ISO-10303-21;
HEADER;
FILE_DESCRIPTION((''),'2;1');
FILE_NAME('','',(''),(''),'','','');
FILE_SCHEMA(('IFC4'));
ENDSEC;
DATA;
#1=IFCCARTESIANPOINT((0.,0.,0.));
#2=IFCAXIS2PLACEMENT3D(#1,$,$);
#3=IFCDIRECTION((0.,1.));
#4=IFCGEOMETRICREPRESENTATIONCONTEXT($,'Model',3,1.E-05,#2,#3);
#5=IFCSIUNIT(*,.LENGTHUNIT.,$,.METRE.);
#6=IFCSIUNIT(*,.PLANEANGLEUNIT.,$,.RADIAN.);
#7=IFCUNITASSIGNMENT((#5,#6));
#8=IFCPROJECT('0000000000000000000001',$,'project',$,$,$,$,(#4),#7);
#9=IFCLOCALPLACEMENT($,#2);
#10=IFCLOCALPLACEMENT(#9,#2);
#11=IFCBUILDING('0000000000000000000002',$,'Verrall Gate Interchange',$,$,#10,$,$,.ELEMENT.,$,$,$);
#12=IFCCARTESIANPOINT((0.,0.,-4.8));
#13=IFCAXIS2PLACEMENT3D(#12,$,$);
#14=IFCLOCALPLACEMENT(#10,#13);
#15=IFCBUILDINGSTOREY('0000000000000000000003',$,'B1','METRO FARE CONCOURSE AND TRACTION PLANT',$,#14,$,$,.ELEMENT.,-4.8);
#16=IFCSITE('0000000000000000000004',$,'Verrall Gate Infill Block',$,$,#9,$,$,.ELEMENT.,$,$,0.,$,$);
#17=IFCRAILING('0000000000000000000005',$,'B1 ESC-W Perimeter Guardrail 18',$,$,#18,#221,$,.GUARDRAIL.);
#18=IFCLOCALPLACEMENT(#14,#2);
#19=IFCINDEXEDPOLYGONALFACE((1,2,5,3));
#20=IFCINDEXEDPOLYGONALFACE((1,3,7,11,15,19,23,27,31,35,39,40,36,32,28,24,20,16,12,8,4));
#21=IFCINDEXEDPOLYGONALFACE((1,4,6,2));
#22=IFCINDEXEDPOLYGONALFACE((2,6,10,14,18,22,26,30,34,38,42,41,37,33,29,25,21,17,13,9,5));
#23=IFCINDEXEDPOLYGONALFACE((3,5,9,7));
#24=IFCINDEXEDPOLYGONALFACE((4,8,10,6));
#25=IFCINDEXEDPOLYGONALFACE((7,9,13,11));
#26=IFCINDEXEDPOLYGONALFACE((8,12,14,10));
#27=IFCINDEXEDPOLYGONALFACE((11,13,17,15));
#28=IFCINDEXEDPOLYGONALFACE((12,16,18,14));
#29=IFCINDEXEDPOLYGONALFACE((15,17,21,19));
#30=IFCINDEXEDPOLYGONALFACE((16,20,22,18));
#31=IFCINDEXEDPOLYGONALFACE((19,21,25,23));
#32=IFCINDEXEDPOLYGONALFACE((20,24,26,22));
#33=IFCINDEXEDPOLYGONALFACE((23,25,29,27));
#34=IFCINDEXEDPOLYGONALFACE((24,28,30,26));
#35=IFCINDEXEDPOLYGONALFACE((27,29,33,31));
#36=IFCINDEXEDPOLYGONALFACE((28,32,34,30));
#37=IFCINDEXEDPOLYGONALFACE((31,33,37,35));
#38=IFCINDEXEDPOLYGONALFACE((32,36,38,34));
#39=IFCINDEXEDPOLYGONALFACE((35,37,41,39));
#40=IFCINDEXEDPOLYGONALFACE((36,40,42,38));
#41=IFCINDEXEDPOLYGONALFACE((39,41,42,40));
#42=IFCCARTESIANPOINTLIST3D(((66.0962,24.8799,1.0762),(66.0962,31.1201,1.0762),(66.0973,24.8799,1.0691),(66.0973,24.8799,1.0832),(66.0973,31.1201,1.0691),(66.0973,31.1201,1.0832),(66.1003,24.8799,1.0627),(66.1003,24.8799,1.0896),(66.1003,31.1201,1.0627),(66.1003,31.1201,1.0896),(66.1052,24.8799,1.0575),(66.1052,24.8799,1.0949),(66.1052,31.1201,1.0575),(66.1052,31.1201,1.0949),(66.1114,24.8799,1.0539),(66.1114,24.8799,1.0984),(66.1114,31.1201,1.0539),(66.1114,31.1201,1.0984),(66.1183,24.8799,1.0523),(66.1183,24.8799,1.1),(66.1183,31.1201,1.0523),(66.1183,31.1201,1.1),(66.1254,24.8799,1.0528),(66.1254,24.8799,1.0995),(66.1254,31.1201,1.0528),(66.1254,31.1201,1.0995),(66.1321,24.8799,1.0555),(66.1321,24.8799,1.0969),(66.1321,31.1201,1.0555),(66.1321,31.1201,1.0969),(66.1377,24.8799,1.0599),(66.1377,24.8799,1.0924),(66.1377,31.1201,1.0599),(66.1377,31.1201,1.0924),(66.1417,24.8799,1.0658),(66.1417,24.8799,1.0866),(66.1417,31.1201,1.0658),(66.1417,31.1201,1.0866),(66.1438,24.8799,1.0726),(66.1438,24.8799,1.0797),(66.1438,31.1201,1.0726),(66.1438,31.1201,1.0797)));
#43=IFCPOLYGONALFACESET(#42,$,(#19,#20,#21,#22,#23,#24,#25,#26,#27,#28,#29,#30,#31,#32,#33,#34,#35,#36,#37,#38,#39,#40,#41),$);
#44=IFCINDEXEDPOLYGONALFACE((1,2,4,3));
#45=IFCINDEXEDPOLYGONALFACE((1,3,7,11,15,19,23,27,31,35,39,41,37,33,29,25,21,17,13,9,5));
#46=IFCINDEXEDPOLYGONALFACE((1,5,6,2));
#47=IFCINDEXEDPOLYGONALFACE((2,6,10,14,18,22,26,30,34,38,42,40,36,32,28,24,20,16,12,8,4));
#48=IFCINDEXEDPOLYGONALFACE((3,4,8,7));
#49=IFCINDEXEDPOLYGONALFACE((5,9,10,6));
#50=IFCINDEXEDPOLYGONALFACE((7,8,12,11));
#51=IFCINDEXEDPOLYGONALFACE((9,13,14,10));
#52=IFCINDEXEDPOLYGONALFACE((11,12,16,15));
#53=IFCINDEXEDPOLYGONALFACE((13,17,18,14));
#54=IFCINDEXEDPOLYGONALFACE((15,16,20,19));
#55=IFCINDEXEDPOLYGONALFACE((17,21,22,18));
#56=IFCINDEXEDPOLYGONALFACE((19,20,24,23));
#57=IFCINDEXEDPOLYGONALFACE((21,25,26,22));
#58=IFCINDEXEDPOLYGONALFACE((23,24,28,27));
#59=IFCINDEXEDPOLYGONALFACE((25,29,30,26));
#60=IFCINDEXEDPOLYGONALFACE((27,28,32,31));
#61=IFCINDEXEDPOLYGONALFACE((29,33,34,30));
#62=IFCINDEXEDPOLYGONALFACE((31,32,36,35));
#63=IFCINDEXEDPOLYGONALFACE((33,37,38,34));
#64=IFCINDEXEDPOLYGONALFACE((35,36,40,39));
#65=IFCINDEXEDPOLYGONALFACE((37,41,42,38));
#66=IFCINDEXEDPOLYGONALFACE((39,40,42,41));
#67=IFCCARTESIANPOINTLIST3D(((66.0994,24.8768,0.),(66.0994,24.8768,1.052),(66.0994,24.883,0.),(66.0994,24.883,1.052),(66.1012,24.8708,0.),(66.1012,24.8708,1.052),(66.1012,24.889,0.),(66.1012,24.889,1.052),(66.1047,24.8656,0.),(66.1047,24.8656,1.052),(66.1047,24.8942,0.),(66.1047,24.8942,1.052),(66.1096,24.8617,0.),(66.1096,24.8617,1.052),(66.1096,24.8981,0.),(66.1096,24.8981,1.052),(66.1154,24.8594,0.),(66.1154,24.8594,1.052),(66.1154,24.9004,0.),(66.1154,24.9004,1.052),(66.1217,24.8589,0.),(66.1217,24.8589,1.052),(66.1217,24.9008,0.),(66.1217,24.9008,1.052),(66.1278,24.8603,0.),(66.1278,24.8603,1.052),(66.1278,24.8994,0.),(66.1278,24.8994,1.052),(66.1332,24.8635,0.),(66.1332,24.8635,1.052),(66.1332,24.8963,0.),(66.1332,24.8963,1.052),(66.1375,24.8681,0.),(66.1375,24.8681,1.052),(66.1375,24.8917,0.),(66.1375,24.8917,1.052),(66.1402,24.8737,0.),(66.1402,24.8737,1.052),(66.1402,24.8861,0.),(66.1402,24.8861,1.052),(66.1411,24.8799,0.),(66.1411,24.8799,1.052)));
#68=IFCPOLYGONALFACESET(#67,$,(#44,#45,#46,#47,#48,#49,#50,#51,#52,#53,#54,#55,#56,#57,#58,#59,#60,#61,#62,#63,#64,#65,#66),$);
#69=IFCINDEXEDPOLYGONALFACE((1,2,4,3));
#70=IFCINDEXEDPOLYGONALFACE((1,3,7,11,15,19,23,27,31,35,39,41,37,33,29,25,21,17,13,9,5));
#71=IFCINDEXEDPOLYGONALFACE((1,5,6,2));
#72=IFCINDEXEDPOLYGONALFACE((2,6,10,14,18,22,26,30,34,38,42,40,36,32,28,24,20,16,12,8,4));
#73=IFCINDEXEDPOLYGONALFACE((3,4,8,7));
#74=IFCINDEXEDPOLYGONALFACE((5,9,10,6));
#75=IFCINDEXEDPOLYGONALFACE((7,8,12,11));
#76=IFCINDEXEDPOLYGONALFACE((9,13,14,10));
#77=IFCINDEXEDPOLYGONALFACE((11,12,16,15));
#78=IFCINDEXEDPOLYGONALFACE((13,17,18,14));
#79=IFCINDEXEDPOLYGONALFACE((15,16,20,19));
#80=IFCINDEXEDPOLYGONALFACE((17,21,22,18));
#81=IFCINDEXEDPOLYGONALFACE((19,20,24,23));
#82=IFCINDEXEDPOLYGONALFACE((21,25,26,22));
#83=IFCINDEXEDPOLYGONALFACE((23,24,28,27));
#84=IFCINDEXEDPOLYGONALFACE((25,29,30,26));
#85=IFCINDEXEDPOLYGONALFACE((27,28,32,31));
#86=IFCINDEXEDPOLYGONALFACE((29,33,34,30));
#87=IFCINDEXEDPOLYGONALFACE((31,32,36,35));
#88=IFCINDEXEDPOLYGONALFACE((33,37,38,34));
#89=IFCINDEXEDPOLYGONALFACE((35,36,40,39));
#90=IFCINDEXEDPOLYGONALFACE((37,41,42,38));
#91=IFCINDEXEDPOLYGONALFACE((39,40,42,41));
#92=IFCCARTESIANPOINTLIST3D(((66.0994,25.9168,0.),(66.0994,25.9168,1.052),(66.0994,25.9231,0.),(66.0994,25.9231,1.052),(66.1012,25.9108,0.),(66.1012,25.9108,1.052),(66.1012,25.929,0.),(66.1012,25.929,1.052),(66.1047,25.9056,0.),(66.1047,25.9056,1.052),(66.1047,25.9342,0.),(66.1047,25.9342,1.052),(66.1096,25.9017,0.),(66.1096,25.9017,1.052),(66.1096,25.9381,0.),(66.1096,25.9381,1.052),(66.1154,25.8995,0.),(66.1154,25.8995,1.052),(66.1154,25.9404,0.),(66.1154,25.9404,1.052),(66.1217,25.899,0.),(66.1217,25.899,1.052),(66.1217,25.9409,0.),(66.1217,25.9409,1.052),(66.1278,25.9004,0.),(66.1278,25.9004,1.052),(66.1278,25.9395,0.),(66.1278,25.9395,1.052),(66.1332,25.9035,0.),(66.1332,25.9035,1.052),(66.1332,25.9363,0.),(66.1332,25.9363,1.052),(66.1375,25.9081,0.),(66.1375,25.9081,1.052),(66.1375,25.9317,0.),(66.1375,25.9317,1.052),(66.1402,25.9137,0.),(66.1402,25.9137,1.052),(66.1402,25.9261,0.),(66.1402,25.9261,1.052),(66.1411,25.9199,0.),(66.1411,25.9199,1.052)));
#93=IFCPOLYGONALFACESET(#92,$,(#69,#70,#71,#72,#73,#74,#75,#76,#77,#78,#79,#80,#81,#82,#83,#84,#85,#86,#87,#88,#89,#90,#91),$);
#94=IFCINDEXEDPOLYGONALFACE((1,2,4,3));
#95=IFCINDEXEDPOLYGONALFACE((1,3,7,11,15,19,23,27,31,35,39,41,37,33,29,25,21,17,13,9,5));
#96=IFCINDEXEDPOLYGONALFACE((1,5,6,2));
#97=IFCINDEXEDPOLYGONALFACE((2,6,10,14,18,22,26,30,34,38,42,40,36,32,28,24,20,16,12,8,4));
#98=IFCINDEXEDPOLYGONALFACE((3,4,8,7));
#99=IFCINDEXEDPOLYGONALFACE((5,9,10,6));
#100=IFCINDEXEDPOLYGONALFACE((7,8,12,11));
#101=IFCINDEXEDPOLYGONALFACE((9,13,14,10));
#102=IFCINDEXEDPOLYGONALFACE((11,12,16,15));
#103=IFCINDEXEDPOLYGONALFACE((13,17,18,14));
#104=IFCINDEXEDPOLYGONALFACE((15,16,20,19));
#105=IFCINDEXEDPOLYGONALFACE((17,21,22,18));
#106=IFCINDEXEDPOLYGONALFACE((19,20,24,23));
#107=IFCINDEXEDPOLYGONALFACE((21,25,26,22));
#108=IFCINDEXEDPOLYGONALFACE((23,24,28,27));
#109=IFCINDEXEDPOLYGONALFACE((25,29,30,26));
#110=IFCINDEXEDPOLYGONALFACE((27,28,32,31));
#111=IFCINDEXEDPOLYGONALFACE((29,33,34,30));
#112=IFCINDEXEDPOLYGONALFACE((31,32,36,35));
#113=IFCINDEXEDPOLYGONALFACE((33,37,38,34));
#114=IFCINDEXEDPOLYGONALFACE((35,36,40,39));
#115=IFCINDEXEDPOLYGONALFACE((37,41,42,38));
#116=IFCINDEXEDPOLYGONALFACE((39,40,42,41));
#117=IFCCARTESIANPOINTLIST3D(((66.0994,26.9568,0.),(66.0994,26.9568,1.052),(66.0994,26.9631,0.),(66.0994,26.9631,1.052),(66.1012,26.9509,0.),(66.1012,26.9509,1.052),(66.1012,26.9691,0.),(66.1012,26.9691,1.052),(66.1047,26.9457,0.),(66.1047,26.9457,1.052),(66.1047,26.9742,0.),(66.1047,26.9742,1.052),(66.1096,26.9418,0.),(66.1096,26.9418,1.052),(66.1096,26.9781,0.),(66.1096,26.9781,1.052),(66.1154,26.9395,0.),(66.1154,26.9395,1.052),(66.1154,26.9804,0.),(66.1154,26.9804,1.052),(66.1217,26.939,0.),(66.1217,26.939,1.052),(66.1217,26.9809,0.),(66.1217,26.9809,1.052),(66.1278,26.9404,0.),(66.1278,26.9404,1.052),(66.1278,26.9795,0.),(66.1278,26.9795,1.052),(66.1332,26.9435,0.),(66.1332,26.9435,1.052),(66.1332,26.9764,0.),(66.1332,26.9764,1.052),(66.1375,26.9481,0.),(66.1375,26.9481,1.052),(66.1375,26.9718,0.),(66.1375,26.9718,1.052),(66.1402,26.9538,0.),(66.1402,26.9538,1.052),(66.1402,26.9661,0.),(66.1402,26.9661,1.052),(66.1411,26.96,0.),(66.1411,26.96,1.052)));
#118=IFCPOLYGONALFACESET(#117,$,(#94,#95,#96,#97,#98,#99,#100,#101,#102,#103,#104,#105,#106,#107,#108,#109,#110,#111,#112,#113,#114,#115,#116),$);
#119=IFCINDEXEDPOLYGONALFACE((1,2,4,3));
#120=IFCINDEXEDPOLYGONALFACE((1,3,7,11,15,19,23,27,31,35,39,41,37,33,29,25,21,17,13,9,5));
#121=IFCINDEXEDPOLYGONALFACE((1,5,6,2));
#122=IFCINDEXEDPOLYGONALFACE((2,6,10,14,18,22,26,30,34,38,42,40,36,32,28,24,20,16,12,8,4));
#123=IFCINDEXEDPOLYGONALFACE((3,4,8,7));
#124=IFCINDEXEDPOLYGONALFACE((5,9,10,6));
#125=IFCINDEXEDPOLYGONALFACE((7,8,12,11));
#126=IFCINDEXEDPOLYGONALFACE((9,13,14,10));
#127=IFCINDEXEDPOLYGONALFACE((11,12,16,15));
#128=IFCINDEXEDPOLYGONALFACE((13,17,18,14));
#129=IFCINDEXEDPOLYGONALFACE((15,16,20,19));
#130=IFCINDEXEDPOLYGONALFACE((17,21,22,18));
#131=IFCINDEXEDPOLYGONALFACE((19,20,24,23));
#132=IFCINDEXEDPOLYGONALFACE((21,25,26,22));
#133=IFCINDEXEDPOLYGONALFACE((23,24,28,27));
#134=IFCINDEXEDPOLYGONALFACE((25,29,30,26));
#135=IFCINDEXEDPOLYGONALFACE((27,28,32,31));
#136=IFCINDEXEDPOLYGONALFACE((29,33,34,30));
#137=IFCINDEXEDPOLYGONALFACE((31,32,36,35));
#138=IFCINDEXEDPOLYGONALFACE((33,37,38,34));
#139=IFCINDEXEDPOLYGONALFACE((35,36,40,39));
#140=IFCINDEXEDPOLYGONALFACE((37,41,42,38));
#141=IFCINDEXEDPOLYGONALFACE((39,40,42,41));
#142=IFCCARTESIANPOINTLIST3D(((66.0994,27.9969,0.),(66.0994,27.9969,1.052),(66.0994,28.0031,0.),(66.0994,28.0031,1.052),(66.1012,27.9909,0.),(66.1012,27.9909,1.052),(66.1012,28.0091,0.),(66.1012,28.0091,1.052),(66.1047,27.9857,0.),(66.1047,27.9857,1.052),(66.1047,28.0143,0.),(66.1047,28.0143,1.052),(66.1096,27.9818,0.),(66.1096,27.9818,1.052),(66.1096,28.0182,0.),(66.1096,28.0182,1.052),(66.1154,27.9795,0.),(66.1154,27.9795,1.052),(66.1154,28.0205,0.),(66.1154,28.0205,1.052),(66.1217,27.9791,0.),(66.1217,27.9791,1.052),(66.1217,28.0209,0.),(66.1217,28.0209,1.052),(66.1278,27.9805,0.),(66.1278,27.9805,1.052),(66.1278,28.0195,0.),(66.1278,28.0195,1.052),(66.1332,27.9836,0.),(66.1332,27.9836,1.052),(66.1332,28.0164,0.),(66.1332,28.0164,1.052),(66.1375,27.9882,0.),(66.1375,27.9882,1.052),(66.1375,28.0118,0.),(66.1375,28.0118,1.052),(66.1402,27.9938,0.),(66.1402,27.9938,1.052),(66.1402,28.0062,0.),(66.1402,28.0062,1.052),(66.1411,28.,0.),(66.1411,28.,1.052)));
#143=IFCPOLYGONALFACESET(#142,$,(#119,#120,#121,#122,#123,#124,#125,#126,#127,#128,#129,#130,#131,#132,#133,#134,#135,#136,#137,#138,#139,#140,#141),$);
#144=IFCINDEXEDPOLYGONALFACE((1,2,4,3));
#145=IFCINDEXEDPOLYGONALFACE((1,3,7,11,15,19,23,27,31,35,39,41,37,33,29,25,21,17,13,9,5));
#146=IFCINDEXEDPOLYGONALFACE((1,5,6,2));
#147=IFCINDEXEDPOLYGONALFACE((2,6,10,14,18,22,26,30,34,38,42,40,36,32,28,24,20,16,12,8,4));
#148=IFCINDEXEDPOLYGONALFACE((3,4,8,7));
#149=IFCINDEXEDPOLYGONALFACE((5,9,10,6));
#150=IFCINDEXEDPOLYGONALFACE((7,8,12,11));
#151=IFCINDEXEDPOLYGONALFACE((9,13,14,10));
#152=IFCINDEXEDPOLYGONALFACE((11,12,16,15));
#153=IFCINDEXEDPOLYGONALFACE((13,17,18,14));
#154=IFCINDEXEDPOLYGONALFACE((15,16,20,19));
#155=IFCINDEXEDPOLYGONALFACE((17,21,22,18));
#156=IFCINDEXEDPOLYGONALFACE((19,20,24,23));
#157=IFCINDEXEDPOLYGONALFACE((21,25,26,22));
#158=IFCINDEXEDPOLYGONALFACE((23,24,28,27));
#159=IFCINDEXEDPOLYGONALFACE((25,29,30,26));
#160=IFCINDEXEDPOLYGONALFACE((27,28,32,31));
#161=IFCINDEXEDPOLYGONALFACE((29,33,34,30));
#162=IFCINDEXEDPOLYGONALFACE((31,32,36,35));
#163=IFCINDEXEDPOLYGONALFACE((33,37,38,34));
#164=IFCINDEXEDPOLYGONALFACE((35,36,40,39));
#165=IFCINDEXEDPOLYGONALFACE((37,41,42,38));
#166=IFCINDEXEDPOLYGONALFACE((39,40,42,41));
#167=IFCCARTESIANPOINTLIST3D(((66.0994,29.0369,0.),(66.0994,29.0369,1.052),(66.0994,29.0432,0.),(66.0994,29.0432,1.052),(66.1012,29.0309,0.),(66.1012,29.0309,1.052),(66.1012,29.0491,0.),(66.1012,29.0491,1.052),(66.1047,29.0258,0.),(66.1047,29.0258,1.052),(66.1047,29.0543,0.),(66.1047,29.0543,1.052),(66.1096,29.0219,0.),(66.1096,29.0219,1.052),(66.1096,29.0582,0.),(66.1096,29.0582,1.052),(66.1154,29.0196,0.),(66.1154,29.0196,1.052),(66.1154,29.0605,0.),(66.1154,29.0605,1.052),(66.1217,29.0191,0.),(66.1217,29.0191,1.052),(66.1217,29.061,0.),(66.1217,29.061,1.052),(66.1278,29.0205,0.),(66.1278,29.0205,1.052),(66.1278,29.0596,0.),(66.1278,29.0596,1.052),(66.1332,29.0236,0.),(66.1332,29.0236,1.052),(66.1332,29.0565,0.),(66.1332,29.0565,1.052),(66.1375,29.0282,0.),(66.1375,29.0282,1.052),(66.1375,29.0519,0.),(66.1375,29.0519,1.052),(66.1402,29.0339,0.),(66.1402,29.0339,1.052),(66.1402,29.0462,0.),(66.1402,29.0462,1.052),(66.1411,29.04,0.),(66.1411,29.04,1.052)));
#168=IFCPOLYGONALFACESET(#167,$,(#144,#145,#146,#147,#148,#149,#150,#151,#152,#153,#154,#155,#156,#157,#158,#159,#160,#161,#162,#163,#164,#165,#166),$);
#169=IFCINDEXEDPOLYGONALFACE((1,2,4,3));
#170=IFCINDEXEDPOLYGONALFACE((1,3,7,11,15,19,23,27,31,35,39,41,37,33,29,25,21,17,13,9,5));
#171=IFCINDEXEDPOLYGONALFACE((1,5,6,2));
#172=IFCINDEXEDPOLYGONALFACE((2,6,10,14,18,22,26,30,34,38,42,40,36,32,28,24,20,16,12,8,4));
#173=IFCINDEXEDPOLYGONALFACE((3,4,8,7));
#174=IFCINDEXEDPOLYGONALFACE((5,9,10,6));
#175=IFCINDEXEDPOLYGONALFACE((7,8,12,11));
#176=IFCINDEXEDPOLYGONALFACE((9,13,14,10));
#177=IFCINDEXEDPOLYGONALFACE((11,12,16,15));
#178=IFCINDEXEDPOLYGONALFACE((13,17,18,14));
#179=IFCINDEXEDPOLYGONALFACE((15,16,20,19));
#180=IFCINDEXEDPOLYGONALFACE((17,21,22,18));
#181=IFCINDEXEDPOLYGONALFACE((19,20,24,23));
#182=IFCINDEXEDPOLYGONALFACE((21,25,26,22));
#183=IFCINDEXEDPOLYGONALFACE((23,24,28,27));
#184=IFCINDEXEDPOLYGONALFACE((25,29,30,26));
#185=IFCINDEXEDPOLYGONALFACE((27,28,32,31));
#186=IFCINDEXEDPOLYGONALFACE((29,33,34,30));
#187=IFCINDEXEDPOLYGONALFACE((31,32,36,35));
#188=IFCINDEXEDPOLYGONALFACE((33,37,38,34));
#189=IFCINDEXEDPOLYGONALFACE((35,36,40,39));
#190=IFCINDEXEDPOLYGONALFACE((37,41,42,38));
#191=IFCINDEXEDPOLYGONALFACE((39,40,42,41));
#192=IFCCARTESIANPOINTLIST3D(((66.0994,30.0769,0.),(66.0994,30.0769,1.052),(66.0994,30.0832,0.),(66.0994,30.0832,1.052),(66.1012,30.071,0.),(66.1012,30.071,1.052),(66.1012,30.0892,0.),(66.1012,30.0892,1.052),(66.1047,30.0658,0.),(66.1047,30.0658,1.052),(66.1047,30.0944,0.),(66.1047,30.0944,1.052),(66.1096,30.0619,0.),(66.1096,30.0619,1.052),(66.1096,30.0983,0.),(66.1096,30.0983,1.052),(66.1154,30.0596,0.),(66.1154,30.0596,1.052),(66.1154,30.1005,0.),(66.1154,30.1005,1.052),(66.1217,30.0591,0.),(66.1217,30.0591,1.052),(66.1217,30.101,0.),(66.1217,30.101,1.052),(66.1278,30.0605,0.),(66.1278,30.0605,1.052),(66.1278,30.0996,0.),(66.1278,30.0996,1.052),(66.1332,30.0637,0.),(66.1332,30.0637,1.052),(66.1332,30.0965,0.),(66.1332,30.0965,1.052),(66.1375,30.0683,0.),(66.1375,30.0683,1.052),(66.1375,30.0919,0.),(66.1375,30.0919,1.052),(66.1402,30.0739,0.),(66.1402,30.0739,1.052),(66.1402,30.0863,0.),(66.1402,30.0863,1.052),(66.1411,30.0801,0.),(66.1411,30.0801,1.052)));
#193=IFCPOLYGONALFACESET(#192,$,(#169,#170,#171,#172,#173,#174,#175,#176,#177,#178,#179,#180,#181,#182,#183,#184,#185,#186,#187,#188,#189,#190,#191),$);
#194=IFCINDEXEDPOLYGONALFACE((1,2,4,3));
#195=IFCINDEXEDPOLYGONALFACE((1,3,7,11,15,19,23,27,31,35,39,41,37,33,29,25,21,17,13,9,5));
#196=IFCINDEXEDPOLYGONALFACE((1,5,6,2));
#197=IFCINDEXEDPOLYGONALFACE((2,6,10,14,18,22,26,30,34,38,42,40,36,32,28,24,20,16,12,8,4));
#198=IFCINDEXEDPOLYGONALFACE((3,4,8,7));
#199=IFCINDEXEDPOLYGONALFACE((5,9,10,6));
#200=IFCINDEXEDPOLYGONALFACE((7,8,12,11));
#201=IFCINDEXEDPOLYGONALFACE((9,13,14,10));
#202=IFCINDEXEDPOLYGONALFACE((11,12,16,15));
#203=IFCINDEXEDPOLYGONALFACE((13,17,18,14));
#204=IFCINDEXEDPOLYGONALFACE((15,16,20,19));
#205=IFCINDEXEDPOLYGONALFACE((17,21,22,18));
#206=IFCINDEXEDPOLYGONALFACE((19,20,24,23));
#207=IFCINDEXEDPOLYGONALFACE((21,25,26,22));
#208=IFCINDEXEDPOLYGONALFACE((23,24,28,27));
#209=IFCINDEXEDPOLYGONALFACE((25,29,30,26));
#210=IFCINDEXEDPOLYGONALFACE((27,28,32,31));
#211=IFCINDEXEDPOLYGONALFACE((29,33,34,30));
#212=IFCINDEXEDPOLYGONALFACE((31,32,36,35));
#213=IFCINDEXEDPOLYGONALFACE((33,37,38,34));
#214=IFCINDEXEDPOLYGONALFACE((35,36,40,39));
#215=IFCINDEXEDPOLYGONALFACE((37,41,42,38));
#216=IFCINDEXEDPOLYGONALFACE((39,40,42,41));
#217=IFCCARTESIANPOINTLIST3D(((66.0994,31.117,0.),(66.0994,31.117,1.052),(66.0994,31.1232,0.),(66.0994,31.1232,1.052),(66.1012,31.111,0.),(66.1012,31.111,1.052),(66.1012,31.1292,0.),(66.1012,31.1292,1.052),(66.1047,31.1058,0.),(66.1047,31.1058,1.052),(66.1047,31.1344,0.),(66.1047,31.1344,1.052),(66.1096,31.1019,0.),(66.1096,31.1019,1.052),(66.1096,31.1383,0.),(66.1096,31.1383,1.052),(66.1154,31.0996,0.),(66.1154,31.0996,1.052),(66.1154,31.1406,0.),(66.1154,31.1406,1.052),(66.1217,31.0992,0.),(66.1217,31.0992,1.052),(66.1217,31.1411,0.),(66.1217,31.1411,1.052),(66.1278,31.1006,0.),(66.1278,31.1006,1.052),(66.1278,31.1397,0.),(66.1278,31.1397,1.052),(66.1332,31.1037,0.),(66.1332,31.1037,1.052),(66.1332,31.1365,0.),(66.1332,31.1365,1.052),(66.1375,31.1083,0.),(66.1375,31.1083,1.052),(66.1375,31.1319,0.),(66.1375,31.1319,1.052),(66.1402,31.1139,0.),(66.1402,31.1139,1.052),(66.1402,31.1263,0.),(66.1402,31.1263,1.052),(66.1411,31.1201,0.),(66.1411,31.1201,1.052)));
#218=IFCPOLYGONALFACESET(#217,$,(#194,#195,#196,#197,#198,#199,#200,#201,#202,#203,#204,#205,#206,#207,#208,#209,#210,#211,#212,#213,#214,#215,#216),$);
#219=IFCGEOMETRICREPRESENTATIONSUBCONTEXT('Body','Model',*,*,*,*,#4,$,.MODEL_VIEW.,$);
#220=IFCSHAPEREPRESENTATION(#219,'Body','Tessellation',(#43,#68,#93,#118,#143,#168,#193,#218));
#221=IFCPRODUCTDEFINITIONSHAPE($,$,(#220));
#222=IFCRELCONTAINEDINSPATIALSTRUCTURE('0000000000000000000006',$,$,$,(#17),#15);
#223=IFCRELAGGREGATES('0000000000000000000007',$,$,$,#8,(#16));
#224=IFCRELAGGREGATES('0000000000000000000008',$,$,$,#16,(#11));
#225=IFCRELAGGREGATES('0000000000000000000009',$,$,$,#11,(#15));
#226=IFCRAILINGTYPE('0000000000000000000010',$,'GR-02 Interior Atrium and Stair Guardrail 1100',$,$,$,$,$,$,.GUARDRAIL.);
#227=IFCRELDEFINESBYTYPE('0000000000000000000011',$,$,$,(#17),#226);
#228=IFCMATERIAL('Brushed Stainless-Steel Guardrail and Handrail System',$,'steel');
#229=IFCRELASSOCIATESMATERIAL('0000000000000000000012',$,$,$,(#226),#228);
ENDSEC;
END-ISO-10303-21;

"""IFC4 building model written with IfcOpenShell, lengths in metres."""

from ifc_helpers import new_model, si_unit, direction, frame, origin, origin_2d, place, context, subcontext, project, spatial, circle, extrude, material, type_object, element, save


model = new_model("IFC4")

# Units and contexts
model_context = context("Model", 3, precision=1e-05, world=origin(), true_north=direction((0.0, 1.0)))
body_context = subcontext(model_context, "Body", "Model", "MODEL_VIEW")
ifc_project = project(units=[si_unit("LENGTHUNIT", "METRE"), si_unit("PLANEANGLEUNIT", "RADIAN")], contexts=[model_context])

# Site, building, storey
site_placement = place(None, origin())
site = spatial("IfcSite", under=ifc_project, at=site_placement, Name="Verrall Gate Infill Block", CompositionType="ELEMENT", RefElevation=0.0)
building_placement = place(site_placement, origin())
building = spatial("IfcBuilding", under=site, at=building_placement, Name="Verrall Gate Interchange", CompositionType="ELEMENT")
storey_placement = place(building_placement, frame((0.0, 0.0, -4.8)))
storey = spatial("IfcBuildingStorey", under=building, at=storey_placement, Name="B1", Description="METRO FARE CONCOURSE AND TRACTION PLANT", CompositionType="ELEMENT", Elevation=-4.8)

# Railing
ifc_material_1 = material(Name="Brushed Stainless-Steel Guardrail and Handrail System", Category="steel")
railing_type = type_object("IfcRailingType", Name="GR-02 Interior Atrium and Stair Guardrail 1100", PredefinedType="GUARDRAIL", material=ifc_material_1)
railing_1_placement = place(storey_placement, frame((66.1201, 24.8799, 0.0)))
element("IfcRailing", 1, at=railing_1_placement, inside=storey, type_object=railing_type, Name="B1 ESC-W Perimeter Guardrail 18", PredefinedType="GUARDRAIL", context=body_context, shape_type="SweptSolid", body=[
    extrude(circle(Radius=0.0239, at=origin_2d()), frame((0.0, 0.0, 1.0762), z_axis=(0.0, 1.0, 0.0), x_axis=(-1.0, 0.0, 0.0)), (0.0, 0.0, 1.0), 6.2402),
    extrude(circle(Radius=0.021, at=origin_2d()), origin(), (0.0, 0.0, 1.0), 1.052),
    extrude(circle(Radius=0.021, at=origin_2d()), frame((0.0, 1.04, 0.0)), (0.0, 0.0, 1.0), 1.052),
    extrude(circle(Radius=0.021, at=origin_2d()), frame((0.0, 2.0801, 0.0)), (0.0, 0.0, 1.0), 1.052),
    extrude(circle(Radius=0.021, at=origin_2d()), frame((0.0, 3.1201, 0.0)), (0.0, 0.0, 1.0), 1.052),
    extrude(circle(Radius=0.021, at=origin_2d()), frame((0.0, 4.1602, 0.0)), (0.0, 0.0, 1.0), 1.052),
    extrude(circle(Radius=0.021, at=origin_2d()), frame((0.0, 5.2002, 0.0)), (0.0, 0.0, 1.0), 1.052),
    extrude(circle(Radius=0.021, at=origin_2d()), frame((0.0, 6.2402, 0.0)), (0.0, 0.0, 1.0), 1.052),
])

save(model, "model.ifc")
